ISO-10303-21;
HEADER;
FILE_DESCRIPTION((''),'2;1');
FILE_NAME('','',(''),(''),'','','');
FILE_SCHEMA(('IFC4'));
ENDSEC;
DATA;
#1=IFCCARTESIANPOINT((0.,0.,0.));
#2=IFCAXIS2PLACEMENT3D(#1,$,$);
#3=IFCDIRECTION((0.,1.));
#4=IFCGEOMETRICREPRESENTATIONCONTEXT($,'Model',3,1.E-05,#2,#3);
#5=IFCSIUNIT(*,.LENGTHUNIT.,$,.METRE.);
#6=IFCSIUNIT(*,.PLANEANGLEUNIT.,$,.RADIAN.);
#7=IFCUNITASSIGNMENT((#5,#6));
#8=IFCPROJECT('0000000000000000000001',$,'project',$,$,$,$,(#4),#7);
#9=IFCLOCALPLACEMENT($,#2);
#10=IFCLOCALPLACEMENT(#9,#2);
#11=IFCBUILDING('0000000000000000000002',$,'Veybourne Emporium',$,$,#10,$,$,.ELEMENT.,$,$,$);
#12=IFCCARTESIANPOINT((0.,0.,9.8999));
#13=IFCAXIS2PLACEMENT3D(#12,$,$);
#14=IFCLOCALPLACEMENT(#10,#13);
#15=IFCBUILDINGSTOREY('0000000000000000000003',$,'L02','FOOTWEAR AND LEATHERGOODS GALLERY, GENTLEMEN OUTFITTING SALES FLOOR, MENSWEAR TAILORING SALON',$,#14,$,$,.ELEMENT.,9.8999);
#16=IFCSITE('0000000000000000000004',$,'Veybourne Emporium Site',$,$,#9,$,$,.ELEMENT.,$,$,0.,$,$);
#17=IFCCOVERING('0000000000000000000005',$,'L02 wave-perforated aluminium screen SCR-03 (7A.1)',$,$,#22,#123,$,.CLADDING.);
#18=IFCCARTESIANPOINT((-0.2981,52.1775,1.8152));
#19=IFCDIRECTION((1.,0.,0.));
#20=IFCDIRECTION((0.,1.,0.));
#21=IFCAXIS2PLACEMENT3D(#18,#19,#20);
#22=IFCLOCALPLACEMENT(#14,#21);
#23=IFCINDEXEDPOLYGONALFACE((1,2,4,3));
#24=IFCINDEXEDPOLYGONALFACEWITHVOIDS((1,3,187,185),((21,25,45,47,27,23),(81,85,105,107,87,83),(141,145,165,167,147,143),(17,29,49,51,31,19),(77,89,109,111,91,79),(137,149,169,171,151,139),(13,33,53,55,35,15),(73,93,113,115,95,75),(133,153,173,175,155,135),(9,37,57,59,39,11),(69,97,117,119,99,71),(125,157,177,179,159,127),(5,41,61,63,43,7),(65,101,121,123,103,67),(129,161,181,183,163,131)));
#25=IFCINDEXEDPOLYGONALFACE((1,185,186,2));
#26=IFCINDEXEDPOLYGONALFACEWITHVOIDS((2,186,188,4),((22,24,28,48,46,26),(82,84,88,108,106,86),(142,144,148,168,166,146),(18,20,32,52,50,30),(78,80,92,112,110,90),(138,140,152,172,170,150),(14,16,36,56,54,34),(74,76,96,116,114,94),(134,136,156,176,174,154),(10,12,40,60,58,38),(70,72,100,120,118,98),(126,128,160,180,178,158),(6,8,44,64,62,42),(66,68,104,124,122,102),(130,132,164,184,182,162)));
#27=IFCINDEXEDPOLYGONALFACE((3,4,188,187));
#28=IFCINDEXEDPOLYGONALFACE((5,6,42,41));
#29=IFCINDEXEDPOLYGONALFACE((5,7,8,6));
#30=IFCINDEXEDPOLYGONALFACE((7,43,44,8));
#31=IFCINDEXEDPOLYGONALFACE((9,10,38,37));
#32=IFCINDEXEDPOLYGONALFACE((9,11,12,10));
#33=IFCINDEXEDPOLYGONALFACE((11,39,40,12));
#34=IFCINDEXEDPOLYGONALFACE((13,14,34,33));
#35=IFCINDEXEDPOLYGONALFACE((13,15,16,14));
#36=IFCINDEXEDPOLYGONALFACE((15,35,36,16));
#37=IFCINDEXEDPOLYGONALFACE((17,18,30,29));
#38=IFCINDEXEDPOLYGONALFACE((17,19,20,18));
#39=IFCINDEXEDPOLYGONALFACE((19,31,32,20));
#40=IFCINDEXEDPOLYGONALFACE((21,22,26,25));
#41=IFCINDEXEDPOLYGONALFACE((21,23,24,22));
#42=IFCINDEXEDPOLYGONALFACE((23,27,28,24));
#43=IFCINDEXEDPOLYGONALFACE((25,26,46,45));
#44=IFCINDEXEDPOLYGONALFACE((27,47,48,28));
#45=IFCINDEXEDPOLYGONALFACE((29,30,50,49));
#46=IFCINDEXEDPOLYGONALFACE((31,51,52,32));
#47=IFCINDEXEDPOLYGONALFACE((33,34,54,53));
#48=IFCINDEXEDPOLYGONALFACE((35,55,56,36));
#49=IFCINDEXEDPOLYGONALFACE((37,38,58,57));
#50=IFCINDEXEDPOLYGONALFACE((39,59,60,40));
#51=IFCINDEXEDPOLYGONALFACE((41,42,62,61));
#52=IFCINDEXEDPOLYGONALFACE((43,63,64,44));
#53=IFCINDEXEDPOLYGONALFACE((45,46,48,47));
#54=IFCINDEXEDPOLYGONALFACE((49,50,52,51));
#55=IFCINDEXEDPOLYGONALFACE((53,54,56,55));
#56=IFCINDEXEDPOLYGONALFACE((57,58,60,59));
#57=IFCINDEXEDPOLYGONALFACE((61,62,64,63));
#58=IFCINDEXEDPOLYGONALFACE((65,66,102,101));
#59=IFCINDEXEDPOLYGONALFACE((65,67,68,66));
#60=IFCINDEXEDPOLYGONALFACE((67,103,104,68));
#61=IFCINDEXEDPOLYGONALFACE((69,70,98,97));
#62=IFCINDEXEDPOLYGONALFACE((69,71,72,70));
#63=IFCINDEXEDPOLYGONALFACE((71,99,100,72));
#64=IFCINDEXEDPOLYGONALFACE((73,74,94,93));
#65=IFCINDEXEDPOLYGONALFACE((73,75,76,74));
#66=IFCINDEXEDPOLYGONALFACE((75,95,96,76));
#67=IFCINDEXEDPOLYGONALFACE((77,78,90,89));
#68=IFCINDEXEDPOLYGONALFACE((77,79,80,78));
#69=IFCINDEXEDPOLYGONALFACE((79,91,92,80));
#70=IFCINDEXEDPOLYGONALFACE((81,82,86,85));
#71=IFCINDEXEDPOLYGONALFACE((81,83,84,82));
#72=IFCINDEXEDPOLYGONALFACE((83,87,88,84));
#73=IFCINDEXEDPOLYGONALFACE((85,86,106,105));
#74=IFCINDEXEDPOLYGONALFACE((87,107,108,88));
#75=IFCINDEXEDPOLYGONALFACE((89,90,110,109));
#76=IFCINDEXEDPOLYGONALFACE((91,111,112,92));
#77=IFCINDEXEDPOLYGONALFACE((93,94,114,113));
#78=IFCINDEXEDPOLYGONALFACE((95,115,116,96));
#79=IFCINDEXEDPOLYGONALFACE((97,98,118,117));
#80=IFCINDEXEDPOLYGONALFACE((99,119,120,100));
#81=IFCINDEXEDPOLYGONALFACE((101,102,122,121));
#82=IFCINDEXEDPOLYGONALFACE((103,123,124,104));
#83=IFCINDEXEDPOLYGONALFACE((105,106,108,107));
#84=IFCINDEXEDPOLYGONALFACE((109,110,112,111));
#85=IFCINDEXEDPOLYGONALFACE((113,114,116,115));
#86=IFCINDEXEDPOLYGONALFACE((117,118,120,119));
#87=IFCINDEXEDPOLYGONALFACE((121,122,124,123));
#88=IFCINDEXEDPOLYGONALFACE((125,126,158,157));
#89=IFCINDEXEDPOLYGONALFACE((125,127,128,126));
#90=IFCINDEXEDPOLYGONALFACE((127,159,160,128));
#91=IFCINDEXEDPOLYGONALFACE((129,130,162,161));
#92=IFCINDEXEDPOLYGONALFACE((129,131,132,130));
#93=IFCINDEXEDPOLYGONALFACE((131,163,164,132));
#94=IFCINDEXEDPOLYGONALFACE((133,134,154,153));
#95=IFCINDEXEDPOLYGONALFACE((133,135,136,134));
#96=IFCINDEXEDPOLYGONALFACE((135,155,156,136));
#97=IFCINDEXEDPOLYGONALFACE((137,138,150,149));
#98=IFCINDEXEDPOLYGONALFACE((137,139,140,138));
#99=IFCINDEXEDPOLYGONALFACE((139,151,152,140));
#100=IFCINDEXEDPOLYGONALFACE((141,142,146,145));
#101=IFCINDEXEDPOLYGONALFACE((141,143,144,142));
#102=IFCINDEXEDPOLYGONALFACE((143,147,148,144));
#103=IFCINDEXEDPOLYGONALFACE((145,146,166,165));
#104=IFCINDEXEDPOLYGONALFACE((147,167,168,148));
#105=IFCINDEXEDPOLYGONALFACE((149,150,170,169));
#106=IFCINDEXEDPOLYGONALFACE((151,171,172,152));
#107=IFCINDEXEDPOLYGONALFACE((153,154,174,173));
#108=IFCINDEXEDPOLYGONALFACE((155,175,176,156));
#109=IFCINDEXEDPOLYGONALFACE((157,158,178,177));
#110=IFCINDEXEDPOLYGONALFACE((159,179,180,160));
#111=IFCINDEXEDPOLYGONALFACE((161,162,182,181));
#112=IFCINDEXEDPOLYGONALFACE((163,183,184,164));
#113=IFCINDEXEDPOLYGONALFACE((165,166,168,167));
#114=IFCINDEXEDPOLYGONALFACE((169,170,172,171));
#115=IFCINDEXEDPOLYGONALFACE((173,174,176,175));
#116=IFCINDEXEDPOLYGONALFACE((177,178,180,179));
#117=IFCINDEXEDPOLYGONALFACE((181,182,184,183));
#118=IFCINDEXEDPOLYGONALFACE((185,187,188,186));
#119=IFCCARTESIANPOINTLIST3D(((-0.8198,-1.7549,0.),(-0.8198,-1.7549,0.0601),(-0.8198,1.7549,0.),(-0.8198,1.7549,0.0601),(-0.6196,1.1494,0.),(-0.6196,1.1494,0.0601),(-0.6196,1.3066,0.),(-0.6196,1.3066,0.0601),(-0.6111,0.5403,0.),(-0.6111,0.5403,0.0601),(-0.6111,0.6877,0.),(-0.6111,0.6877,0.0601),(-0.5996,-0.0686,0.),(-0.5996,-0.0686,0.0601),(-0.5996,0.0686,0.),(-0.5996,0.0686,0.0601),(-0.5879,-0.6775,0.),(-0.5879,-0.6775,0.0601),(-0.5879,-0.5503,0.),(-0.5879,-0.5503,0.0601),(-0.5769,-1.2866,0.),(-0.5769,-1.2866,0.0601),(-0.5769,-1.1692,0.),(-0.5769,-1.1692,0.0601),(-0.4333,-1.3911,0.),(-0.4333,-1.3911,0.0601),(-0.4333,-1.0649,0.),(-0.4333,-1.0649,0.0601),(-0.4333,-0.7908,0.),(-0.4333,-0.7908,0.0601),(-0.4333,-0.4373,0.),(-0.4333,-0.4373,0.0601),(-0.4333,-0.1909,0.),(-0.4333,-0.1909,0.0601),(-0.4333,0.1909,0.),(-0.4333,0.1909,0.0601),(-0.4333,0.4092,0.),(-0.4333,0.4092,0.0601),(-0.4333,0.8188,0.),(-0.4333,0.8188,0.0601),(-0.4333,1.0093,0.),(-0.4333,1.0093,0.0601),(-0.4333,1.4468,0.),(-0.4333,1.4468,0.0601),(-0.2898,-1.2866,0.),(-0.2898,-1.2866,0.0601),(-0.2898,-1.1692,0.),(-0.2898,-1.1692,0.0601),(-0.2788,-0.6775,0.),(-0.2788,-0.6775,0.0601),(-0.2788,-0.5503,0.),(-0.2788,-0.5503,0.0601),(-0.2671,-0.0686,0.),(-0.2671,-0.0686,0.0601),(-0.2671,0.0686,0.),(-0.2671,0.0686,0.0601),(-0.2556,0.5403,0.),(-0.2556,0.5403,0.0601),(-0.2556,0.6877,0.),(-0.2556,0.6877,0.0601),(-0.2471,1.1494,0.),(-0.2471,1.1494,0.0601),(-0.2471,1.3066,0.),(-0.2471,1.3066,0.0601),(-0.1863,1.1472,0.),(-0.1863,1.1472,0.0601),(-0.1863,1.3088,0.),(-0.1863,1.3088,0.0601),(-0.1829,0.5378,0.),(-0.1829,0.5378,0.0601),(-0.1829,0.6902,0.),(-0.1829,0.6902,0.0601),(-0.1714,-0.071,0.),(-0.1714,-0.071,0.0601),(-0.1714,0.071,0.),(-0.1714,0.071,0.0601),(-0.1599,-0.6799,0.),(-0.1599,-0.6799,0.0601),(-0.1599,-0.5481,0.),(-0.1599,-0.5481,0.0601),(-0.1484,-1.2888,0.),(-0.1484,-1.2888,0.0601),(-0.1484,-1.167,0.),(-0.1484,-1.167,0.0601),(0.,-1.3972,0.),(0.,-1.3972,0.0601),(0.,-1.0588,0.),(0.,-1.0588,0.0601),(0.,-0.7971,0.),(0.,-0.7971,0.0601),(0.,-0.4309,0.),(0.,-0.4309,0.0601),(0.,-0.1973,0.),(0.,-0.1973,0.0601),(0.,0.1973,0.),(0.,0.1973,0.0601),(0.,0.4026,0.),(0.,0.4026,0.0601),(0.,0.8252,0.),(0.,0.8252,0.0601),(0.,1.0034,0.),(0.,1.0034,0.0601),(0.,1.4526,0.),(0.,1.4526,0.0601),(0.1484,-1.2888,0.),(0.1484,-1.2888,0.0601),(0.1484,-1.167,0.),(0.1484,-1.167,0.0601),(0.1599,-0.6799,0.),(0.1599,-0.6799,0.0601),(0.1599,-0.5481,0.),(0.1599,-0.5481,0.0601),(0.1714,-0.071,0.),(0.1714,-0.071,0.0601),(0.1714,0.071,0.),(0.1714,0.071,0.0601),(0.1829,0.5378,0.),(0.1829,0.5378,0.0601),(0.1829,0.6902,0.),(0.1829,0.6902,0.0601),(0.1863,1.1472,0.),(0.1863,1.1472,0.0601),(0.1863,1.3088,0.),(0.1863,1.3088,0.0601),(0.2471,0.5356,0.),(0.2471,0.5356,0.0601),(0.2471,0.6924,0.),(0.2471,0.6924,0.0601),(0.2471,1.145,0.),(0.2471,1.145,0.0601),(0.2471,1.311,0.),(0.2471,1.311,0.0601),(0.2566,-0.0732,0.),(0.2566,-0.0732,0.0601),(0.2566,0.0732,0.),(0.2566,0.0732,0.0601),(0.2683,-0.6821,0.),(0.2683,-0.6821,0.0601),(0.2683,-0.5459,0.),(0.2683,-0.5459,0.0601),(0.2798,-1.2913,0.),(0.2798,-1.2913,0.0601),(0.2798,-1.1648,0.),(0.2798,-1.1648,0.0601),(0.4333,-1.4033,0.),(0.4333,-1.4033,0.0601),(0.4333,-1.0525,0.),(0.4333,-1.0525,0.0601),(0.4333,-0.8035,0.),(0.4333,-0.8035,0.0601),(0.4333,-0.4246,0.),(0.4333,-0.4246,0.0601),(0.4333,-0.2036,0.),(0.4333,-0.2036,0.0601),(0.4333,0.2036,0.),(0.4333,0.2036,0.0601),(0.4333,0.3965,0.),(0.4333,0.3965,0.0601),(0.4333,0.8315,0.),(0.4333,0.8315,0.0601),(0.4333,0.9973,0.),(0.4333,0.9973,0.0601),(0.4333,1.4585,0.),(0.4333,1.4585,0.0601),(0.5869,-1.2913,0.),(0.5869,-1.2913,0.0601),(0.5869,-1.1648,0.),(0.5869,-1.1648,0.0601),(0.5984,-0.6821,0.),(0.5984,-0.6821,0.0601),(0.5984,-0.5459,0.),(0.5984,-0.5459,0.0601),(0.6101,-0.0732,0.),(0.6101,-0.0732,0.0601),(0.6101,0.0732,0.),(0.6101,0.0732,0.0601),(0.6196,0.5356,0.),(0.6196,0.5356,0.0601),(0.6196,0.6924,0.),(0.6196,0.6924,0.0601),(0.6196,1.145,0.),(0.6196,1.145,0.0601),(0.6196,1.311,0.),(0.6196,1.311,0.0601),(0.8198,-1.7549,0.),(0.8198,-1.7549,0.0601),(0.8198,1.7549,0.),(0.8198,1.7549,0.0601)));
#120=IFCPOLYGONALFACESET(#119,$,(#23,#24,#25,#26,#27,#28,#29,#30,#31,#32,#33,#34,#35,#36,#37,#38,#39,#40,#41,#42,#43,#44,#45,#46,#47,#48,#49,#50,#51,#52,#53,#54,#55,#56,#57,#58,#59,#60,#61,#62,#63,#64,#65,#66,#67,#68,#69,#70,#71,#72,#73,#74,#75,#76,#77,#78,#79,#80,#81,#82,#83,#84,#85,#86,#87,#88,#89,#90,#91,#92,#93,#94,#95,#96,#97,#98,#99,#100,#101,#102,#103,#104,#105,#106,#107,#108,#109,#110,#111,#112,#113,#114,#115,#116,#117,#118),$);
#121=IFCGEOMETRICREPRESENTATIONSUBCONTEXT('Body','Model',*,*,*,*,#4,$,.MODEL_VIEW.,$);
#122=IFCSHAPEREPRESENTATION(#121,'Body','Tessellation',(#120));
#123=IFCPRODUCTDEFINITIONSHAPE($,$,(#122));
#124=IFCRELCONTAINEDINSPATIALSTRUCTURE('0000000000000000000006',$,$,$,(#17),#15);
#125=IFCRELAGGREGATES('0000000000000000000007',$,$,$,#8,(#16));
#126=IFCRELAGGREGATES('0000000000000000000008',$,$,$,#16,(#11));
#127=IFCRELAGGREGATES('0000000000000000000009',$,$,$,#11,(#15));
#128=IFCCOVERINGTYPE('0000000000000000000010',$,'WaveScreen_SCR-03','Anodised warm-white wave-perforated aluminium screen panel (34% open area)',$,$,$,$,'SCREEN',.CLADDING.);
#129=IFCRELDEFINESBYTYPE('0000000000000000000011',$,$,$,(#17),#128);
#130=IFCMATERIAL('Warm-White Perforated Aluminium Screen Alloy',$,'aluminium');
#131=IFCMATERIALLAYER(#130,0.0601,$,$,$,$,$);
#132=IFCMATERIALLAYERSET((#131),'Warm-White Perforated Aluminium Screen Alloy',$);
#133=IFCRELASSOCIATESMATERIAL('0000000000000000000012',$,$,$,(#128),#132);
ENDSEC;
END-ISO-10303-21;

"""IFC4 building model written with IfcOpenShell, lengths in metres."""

from ifc_helpers import new_model, si_unit, direction, frame, origin, place, context, subcontext, project, spatial, polyline, outline, extrude, material, layer, layer_set, type_object, element, save


model = new_model("IFC4")

# Units and contexts
model_context = context("Model", 3, precision=1e-05, world=origin(), true_north=direction((0.0, 1.0)))
body_context = subcontext(model_context, "Body", "Model", "MODEL_VIEW")
ifc_project = project(units=[si_unit("LENGTHUNIT", "METRE"), si_unit("PLANEANGLEUNIT", "RADIAN")], contexts=[model_context])

# Site, building, storey
site_placement = place(None, origin())
site = spatial("IfcSite", under=ifc_project, at=site_placement, Name="Veybourne Emporium Site", CompositionType="ELEMENT", RefElevation=0.0)
building_placement = place(site_placement, origin())
building = spatial("IfcBuilding", under=site, at=building_placement, Name="Veybourne Emporium", CompositionType="ELEMENT")
storey_placement = place(building_placement, frame((0.0, 0.0, 9.8999)))
storey = spatial("IfcBuildingStorey", under=building, at=storey_placement, Name="L02", Description="FOOTWEAR AND LEATHERGOODS GALLERY, GENTLEMEN OUTFITTING SALES FLOOR, MENSWEAR TAILORING SALON", CompositionType="ELEMENT", Elevation=9.8999)

# Covering
ifc_material_1 = material(Name="Warm-White Perforated Aluminium Screen Alloy", Category="aluminium")
ifc_layer_1 = layer(ifc_material_1, 0.0601)
ifc_layer_set_1 = layer_set([ifc_layer_1], Name="Warm-White Perforated Aluminium Screen Alloy")
covering_type_1 = type_object("IfcCoveringType", Name="WaveScreen_SCR-03", Description="Anodised warm-white wave-perforated aluminium screen panel (34% open area)", ElementType="SCREEN", PredefinedType="CLADDING", material=ifc_layer_set_1)
covering_1_placement = place(storey_placement, frame((-0.2981, 52.1775, 1.8152), z_axis=(1.0, 0.0, 0.0), x_axis=(0.0, 1.0, 0.0)))
element("IfcCovering", 1, at=covering_1_placement, inside=storey, type_object=covering_type_1, Name="L02 wave-perforated aluminium screen SCR-03 (7A.1)", PredefinedType="CLADDING", context=body_context, shape_type="SweptSolid", body=[
    extrude(outline(polyline([(-0.8198, -1.7549), (0.8198, -1.7549), (0.8198, 1.7549), (-0.8198, 1.7549), (-0.8198, -1.7549)]), holes=[polyline([(-0.4333, -1.0649), (-0.2898, -1.1692), (-0.2898, -1.2866), (-0.4333, -1.3911), (-0.5769, -1.2866), (-0.5769, -1.1692), (-0.4333, -1.0649)]), polyline([(-0.4333, -0.4373), (-0.2788, -0.5503), (-0.2788, -0.6775), (-0.4333, -0.7908), (-0.5879, -0.6775), (-0.5879, -0.5503), (-0.4333, -0.4373)]), polyline([(-0.4333, 0.1909), (-0.2671, 0.0686), (-0.2671, -0.0686), (-0.4333, -0.1909), (-0.5996, -0.0686), (-0.5996, 0.0686), (-0.4333, 0.1909)]), polyline([(-0.4333, 0.8188), (-0.2556, 0.6877), (-0.2556, 0.5403), (-0.4333, 0.4092), (-0.6111, 0.5403), (-0.6111, 0.6877), (-0.4333, 0.8188)]), polyline([(-0.4333, 1.4468), (-0.2471, 1.3066), (-0.2471, 1.1494), (-0.4333, 1.0093), (-0.6196, 1.1494), (-0.6196, 1.3066), (-0.4333, 1.4468)]), polyline([(0.0, -1.0588), (0.1484, -1.167), (0.1484, -1.2888), (0.0, -1.3972), (-0.1484, -1.2888), (-0.1484, -1.167), (0.0, -1.0588)]), polyline([(0.0, -0.4309), (0.1599, -0.5481), (0.1599, -0.6799), (0.0, -0.7971), (-0.1599, -0.6799), (-0.1599, -0.5481), (0.0, -0.4309)]), polyline([(0.0, 0.1973), (0.1714, 0.071), (0.1714, -0.071), (0.0, -0.1973), (-0.1714, -0.071), (-0.1714, 0.071), (0.0, 0.1973)]), polyline([(0.0, 0.8252), (0.1829, 0.6902), (0.1829, 0.5378), (0.0, 0.4026), (-0.1829, 0.5378), (-0.1829, 0.6902), (0.0, 0.8252)]), polyline([(0.0, 1.4526), (0.1863, 1.3088), (0.1863, 1.1472), (0.0, 1.0034), (-0.1863, 1.1472), (-0.1863, 1.3088), (0.0, 1.4526)]), polyline([(0.4333, -1.0525), (0.5869, -1.1648), (0.5869, -1.2913), (0.4333, -1.4033), (0.2798, -1.2913), (0.2798, -1.1648), (0.4333, -1.0525)]), polyline([(0.4333, -0.4246), (0.5984, -0.5459), (0.5984, -0.6821), (0.4333, -0.8035), (0.2683, -0.6821), (0.2683, -0.5459), (0.4333, -0.4246)]), polyline([(0.4333, 0.2036), (0.6101, 0.0732), (0.6101, -0.0732), (0.4333, -0.2036), (0.2566, -0.0732), (0.2566, 0.0732), (0.4333, 0.2036)]), polyline([(0.4333, 0.8315), (0.6196, 0.6924), (0.6196, 0.5356), (0.4333, 0.3965), (0.2471, 0.5356), (0.2471, 0.6924), (0.4333, 0.8315)]), polyline([(0.4333, 1.4585), (0.6196, 1.311), (0.6196, 1.145), (0.4333, 0.9973), (0.2471, 1.145), (0.2471, 1.311), (0.4333, 1.4585)])]), origin(), (0.0, 0.0, 1.0), 0.0601),
])

save(model, "model.ifc")
